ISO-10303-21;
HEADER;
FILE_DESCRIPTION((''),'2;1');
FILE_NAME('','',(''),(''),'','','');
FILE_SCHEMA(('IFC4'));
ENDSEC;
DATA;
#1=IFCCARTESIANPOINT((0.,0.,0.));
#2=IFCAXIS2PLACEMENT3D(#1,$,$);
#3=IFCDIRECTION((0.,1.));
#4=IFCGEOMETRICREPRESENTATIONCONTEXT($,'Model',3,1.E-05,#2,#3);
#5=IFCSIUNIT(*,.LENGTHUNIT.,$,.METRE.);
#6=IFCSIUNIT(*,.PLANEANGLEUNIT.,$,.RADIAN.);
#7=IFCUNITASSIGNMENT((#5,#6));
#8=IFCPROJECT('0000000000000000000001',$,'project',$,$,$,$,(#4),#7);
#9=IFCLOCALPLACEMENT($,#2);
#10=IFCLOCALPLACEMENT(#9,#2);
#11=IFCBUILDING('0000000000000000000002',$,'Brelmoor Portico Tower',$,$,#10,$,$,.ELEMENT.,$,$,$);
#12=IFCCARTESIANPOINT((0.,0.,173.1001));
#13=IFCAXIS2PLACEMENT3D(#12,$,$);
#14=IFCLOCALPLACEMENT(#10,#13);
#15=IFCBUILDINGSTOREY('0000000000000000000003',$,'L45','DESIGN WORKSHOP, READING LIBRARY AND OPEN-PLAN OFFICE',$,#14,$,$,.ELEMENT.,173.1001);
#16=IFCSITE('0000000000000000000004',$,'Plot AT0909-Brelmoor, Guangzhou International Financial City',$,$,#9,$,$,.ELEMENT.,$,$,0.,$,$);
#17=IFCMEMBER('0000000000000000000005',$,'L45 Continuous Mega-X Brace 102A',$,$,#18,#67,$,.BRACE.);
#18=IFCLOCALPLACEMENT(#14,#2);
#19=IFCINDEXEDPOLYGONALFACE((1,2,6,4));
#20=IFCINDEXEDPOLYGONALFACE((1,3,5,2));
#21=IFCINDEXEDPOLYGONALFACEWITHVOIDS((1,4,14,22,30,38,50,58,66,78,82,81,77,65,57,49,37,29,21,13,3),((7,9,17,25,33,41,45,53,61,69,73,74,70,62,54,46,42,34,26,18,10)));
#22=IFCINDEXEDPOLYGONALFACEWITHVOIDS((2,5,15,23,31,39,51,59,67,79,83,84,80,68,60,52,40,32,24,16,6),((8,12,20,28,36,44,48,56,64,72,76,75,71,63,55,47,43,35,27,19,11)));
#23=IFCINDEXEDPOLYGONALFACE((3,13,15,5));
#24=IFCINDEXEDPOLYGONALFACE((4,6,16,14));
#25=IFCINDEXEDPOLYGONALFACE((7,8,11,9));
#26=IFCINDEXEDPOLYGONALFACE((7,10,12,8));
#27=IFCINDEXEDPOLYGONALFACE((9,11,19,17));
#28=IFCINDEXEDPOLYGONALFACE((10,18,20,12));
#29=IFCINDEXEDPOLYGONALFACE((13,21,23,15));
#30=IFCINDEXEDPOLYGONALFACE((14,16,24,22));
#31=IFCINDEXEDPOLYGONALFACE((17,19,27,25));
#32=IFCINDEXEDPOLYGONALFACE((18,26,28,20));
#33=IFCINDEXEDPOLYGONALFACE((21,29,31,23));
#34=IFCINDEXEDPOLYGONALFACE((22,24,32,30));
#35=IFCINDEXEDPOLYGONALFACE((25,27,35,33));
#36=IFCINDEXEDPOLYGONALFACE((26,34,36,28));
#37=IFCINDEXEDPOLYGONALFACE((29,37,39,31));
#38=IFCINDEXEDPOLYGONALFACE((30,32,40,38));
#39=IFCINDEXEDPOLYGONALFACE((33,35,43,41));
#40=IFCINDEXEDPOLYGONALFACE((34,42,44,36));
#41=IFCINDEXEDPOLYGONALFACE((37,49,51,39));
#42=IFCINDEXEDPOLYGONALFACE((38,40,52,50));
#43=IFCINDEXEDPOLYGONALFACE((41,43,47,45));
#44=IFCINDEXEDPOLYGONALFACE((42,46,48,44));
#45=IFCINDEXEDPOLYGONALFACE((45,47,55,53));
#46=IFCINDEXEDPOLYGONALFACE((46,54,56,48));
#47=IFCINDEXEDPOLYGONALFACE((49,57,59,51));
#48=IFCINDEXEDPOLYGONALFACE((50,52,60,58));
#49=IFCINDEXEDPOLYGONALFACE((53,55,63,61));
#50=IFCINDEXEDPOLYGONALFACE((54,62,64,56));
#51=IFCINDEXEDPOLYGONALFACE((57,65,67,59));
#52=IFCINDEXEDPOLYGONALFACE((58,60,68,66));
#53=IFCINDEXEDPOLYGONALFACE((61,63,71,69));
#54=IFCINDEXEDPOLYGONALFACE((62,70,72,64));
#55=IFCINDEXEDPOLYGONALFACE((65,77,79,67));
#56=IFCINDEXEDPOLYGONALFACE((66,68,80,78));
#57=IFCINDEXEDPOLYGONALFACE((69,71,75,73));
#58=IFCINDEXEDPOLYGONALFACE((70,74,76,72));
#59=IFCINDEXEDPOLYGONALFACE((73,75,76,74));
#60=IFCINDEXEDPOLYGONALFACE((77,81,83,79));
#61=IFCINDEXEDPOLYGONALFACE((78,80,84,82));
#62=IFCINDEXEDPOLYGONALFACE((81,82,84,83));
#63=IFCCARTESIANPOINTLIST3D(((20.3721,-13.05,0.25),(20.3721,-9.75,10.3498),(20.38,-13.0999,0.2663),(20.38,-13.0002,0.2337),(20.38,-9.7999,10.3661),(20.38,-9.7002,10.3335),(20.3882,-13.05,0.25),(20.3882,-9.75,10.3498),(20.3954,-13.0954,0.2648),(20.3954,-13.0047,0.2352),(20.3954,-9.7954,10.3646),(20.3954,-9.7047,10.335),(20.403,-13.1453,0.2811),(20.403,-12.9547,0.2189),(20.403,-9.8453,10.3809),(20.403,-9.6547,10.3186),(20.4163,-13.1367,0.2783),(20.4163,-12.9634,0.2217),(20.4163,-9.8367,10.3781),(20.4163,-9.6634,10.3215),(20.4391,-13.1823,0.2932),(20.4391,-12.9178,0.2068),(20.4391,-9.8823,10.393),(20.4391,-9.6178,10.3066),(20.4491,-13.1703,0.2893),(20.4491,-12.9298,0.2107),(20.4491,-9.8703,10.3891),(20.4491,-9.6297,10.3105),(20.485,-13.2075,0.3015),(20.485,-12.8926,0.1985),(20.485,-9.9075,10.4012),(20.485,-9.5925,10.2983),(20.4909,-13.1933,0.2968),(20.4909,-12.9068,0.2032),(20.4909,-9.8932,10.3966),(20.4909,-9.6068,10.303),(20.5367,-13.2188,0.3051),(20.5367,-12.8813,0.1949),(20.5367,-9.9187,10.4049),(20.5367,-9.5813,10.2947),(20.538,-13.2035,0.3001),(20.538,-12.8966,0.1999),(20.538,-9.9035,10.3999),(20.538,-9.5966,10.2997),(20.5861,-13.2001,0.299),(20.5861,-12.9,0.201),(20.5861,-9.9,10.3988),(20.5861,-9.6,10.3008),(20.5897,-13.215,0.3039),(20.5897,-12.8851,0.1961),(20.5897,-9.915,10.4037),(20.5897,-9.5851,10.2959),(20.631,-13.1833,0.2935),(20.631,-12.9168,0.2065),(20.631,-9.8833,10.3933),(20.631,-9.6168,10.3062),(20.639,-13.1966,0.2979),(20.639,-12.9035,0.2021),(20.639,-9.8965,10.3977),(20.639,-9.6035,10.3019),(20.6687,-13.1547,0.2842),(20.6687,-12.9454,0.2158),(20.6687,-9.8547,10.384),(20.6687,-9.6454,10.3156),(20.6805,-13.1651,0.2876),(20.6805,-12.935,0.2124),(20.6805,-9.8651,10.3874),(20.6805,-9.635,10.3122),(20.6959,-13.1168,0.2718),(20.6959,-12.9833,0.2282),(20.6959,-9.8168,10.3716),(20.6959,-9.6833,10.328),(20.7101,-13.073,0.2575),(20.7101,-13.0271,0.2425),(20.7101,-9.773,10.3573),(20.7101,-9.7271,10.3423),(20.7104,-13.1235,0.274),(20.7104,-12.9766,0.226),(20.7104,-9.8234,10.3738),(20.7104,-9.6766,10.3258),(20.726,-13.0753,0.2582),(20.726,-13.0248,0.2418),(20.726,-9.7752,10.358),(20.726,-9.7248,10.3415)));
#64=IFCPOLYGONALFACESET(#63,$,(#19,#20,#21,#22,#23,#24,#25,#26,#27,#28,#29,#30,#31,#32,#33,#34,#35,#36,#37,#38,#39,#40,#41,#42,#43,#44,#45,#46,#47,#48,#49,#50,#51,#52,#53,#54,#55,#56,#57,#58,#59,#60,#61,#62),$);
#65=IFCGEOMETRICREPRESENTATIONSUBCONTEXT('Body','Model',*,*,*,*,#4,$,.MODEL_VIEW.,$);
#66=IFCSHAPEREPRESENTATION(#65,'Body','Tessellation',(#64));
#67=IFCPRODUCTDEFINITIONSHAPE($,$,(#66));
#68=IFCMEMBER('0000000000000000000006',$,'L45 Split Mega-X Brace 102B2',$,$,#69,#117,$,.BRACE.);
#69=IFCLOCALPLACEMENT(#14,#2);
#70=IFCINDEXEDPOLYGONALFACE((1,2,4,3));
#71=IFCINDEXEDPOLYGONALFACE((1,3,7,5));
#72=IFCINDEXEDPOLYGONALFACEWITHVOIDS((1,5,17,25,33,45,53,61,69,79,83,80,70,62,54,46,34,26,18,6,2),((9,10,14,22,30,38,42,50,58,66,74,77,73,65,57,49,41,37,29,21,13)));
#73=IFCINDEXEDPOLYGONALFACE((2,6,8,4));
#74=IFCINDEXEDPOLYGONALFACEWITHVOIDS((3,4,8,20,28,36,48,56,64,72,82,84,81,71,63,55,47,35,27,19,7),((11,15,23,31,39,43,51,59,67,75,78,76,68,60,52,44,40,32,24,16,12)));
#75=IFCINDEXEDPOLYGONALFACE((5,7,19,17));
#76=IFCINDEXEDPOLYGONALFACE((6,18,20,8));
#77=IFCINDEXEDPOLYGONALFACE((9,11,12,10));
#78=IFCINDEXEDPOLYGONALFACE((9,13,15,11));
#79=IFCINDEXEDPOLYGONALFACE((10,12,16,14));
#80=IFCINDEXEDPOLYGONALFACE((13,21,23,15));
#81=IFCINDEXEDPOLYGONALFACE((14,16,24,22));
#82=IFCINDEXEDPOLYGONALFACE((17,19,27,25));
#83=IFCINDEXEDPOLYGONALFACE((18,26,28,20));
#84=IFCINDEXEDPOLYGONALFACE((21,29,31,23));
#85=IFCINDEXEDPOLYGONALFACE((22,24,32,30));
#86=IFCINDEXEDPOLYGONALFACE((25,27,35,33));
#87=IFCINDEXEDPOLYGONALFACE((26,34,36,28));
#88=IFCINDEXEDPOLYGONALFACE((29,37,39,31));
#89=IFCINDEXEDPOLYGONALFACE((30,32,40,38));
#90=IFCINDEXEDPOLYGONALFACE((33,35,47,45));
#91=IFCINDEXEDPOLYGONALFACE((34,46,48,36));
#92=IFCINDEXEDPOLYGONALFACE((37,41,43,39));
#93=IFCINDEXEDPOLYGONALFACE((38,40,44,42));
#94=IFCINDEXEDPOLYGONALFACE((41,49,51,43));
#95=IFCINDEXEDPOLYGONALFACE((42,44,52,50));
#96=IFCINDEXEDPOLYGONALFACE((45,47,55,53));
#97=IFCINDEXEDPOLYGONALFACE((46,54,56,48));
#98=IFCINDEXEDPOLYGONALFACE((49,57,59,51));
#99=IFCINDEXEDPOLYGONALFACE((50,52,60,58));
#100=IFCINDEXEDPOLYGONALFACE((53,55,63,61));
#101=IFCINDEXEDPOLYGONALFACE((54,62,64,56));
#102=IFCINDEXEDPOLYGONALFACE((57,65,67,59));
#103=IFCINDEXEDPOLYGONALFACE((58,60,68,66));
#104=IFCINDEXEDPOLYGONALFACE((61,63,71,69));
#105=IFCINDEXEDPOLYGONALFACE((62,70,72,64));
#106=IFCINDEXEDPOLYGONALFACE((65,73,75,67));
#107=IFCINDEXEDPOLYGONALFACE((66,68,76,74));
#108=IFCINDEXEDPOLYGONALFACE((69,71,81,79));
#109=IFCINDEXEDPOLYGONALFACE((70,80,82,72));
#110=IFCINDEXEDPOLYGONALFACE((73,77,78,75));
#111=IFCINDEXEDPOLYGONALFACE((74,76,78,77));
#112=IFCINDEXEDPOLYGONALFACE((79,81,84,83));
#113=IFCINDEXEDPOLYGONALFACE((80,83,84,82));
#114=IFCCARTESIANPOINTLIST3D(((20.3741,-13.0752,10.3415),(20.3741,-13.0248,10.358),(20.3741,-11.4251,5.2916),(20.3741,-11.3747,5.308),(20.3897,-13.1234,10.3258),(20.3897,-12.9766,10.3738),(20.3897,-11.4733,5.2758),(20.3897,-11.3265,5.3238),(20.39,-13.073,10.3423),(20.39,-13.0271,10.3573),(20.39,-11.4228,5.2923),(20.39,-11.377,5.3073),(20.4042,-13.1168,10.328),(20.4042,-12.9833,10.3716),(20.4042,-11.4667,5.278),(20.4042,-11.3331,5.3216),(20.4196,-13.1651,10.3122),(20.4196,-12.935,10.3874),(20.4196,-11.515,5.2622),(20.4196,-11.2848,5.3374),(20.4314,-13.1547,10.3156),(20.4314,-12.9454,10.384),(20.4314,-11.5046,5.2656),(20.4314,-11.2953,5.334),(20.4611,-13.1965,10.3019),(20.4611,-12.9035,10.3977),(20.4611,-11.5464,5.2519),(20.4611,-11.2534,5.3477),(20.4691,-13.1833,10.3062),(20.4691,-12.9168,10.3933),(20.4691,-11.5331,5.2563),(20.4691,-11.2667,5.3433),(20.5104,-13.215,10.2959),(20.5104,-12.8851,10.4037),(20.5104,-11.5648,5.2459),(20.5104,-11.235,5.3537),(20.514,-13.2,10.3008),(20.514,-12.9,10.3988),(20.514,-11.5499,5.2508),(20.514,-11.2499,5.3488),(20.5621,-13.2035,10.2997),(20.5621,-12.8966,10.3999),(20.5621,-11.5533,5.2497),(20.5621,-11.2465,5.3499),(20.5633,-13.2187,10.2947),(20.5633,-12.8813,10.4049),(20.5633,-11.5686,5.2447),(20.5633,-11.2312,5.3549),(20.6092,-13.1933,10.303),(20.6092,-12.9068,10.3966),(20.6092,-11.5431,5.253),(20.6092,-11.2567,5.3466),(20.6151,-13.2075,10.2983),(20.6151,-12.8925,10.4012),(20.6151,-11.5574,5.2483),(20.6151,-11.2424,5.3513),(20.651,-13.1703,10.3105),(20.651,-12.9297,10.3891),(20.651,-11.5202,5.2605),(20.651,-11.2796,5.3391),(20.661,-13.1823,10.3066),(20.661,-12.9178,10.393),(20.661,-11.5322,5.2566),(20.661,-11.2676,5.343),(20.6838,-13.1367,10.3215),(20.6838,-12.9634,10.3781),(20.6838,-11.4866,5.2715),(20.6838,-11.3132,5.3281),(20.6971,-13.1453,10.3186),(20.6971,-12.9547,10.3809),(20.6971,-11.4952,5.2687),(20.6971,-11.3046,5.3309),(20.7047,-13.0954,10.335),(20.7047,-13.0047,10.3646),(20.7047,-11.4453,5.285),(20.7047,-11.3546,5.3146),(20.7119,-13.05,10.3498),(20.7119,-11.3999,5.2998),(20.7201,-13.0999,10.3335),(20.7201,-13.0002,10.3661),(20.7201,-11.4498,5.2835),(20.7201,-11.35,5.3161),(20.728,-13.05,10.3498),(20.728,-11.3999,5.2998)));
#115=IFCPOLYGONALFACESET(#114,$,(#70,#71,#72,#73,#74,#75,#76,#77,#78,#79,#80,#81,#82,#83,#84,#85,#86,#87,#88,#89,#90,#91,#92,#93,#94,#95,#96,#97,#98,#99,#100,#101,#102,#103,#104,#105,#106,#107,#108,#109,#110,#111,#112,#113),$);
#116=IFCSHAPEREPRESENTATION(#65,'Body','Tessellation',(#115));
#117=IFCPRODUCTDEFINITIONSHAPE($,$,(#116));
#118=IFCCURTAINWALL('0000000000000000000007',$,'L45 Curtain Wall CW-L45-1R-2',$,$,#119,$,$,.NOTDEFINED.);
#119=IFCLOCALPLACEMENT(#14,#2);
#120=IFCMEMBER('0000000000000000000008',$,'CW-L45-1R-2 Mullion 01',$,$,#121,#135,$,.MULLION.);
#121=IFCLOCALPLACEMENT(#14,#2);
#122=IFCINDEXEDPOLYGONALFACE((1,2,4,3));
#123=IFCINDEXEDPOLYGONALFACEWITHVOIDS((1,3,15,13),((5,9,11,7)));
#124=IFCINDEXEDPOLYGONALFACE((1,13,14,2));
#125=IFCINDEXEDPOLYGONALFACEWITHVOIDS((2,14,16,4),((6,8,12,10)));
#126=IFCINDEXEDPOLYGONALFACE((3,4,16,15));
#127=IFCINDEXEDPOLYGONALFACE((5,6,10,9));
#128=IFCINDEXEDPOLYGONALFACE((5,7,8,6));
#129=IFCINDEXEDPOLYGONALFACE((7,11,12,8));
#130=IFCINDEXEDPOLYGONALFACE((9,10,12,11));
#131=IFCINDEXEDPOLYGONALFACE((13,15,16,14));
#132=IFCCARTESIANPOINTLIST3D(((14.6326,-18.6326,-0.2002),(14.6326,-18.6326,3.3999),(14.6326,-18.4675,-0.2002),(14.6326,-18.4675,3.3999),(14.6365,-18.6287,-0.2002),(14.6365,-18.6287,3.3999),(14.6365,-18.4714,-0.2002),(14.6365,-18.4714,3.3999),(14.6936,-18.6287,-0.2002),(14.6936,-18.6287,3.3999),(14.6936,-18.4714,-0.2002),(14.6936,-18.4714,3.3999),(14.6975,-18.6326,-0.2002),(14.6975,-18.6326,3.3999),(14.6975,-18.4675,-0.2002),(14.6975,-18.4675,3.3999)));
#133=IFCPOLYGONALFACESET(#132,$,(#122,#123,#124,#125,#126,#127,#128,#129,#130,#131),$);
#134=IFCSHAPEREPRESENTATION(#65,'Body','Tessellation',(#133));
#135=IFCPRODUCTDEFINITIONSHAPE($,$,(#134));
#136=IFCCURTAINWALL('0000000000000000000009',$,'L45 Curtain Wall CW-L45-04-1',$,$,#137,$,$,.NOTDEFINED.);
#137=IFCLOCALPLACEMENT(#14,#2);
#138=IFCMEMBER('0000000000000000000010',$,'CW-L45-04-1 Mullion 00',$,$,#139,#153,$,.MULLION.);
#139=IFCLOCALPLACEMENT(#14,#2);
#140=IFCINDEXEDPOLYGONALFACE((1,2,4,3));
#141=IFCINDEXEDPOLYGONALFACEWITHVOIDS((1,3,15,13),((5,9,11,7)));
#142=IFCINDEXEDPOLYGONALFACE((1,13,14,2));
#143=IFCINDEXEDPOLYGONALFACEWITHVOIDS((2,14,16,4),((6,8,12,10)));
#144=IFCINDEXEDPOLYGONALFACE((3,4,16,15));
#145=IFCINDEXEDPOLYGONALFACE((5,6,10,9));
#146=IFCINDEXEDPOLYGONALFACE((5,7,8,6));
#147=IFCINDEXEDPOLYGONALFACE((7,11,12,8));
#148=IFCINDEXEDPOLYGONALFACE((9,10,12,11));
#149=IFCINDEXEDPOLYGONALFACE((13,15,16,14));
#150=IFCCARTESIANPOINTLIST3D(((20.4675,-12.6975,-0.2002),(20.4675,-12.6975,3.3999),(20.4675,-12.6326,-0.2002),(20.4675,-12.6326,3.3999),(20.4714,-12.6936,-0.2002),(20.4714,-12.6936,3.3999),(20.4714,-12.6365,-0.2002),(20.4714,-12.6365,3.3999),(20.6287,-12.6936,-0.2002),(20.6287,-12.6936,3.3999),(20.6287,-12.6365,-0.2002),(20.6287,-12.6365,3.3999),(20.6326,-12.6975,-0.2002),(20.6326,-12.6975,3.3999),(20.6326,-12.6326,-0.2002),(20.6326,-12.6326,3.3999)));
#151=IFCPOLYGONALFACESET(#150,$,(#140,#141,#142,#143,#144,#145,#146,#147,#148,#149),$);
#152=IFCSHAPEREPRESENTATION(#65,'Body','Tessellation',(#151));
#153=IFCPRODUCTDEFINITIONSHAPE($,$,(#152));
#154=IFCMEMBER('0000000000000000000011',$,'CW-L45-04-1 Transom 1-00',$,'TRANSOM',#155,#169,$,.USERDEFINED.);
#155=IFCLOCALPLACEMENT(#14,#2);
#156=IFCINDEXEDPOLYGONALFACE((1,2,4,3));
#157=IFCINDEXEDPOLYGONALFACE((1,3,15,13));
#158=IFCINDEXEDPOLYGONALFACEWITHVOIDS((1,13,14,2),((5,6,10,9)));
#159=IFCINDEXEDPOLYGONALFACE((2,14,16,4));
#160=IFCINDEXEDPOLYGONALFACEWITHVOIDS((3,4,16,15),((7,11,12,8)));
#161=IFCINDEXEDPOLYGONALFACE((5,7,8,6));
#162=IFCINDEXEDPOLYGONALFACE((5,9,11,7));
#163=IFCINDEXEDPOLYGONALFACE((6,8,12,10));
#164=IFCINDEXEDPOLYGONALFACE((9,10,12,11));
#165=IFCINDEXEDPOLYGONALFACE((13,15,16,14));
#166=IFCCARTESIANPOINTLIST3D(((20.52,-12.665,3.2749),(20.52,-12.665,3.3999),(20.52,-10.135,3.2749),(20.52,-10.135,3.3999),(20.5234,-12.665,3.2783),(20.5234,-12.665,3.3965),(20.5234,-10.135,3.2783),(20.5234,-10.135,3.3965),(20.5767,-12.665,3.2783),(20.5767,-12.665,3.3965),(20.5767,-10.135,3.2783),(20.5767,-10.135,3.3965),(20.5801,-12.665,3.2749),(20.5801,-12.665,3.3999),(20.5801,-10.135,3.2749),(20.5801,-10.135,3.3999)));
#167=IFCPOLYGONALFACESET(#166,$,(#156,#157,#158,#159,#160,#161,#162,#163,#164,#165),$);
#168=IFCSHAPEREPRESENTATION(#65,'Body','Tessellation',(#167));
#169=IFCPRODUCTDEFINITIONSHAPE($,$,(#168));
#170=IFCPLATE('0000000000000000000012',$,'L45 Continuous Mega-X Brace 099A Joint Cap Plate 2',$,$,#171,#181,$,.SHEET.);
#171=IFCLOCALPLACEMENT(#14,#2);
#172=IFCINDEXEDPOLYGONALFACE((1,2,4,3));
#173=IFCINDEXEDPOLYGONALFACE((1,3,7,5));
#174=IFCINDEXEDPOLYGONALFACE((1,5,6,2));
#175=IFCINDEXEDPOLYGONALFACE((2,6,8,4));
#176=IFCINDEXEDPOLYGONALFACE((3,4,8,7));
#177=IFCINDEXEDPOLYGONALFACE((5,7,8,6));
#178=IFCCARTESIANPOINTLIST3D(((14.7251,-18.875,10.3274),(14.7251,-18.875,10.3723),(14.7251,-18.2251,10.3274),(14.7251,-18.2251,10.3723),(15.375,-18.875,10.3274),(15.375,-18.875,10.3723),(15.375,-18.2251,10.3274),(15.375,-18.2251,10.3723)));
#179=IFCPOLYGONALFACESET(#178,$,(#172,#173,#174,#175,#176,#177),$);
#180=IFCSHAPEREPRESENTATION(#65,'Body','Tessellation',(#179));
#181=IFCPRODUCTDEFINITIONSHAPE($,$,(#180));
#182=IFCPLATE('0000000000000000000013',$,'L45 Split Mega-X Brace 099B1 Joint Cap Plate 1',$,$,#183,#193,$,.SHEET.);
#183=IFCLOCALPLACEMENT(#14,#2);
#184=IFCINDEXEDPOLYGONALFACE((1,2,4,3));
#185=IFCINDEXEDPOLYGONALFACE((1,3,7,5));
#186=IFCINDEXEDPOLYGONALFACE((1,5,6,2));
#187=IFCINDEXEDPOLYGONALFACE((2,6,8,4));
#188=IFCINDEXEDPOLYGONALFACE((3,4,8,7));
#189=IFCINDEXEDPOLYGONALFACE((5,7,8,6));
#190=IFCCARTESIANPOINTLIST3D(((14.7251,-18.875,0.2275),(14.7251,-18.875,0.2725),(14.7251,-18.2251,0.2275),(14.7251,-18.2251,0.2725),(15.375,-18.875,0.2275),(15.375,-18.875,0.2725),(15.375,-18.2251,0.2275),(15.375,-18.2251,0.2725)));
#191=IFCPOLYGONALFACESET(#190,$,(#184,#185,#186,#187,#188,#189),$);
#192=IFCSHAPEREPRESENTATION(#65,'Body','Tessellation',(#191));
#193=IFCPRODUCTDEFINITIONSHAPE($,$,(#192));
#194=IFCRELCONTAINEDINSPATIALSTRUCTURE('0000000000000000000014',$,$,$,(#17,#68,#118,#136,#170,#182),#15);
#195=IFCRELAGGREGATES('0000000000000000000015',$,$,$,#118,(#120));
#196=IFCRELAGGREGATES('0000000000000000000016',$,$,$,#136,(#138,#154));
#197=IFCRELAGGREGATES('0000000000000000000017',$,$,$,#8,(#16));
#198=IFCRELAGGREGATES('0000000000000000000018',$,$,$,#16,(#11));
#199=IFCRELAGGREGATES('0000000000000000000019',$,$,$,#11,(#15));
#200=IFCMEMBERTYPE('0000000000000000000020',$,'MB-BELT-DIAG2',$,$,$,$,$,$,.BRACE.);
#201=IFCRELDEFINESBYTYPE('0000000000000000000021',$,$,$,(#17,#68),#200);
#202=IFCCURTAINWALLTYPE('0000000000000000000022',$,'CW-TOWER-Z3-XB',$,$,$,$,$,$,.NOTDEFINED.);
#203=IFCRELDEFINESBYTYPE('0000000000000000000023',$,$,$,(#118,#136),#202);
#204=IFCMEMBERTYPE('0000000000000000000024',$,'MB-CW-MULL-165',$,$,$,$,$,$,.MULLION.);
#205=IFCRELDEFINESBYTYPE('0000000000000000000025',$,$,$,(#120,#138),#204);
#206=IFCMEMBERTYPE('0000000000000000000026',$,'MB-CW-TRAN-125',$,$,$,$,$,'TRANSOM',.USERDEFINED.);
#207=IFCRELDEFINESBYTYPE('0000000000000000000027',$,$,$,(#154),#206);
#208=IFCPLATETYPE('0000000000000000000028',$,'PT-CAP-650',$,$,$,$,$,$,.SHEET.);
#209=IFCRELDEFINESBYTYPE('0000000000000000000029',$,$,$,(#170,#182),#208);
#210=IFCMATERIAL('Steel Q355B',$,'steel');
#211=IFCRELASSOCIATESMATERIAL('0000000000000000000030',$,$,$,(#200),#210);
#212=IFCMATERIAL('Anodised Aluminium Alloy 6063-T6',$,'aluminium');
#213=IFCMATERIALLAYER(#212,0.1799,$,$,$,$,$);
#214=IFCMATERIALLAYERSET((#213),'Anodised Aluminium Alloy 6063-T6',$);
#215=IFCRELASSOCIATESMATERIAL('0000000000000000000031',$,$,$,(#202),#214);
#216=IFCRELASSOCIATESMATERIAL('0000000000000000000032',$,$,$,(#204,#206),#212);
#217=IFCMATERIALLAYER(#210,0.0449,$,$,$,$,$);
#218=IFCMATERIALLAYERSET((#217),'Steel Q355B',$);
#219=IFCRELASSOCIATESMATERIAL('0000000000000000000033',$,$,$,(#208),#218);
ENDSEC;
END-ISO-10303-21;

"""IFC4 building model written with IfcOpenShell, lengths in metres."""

from ifc_helpers import new_model, si_unit, direction, frame, origin, origin_2d, place, context, subcontext, project, spatial, rectangle, hollow_rectangle, hollow_circle, extrude, material, layer, layer_set, material_profile, profile_set, type_object, element, aggregate, save


model = new_model("IFC4")

# Units and contexts
model_context = context("Model", 3, precision=1e-05, world=origin(), true_north=direction((0.0, 1.0)))
body_context = subcontext(model_context, "Body", "Model", "MODEL_VIEW")
ifc_project = project(units=[si_unit("LENGTHUNIT", "METRE"), si_unit("PLANEANGLEUNIT", "RADIAN")], contexts=[model_context])

# Site, building, storey
site_placement = place(None, origin())
site = spatial("IfcSite", under=ifc_project, at=site_placement, Name="Plot AT0909-Brelmoor, Guangzhou International Financial City", CompositionType="ELEMENT", RefElevation=0.0)
building_placement = place(site_placement, origin())
building = spatial("IfcBuilding", under=site, at=building_placement, Name="Brelmoor Portico Tower", CompositionType="ELEMENT")
storey_placement = place(building_placement, frame((0.0, 0.0, 173.1001)))
storey = spatial("IfcBuildingStorey", under=building, at=storey_placement, Name="L45", Description="DESIGN WORKSHOP, READING LIBRARY AND OPEN-PLAN OFFICE", CompositionType="ELEMENT", Elevation=173.1001)

# Shared definitions
ifc_material_1 = material(Name="Steel Q355B", Category="steel")

# Members
ifc_material_profile_1 = material_profile(ifc_material_1, hollow_circle(Radius=0.178, WallThickness=0.0161, at=origin_2d()), Name="CHS 356x16")
ifc_profile_set_1 = profile_set([ifc_material_profile_1], Name="Steel Q355B")
member_type_1 = type_object("IfcMemberType", Name="MB-BELT-DIAG2", PredefinedType="BRACE", material=ifc_profile_set_1)
member_1_placement = place(storey_placement, frame((20.55, -13.05, 0.25), z_axis=(0.0, 0.310584, 0.950546), x_axis=(-1.0, 0.0, 0.0)))
element("IfcMember", 1, at=member_1_placement, inside=storey, type_object=member_type_1, Name="L45 Continuous Mega-X Brace 102A", PredefinedType="BRACE", context=body_context, shape_type="SweptSolid", body=[
    extrude(hollow_circle(Radius=0.178, WallThickness=0.0161, at=origin_2d()), origin(), (0.0, 0.0, 1.0), 10.6252),
])
member_2_placement = place(storey_placement, frame((20.55, -11.3999, 5.2998), z_axis=(0.0, -0.310598, 0.950542), x_axis=(1.0, 0.0, 0.0)))
element("IfcMember", 2, at=member_2_placement, inside=storey, type_object=member_type_1, Name="L45 Split Mega-X Brace 102B2", PredefinedType="BRACE", context=body_context, shape_type="SweptSolid", body=[
    extrude(hollow_circle(Radius=0.178, WallThickness=0.0161, at=origin_2d()), origin(), (0.0, 0.0, 1.0), 5.3127),
])

# Curtain wall, member
ifc_material_2 = material(Name="Anodised Aluminium Alloy 6063-T6", Category="aluminium")
ifc_layer_1 = layer(ifc_material_2, 0.1799)
ifc_layer_set_1 = layer_set([ifc_layer_1], Name="Anodised Aluminium Alloy 6063-T6")
curtain_wall_type = type_object("IfcCurtainWallType", Name="CW-TOWER-Z3-XB", PredefinedType="NOTDEFINED", material=ifc_layer_set_1)
curtain_wall_1_placement = place(storey_placement, origin())
curtain_wall_1 = element("IfcCurtainWall", 3, at=curtain_wall_1_placement, inside=storey, type_object=curtain_wall_type, Name="L45 Curtain Wall CW-L45-1R-2", PredefinedType="NOTDEFINED")
ifc_material_profile_2 = material_profile(ifc_material_2, hollow_rectangle(XDim=0.0649, YDim=0.165, WallThickness=0.0039, at=origin_2d()), Name="ALU MULLION 65x165")
ifc_profile_set_2 = profile_set([ifc_material_profile_2], Name="Anodised Aluminium Alloy 6063-T6")
member_type_2 = type_object("IfcMemberType", Name="MB-CW-MULL-165", PredefinedType="MULLION", material=ifc_profile_set_2)
member_3_placement = place(storey_placement, frame((14.665, -18.55, -0.2002), z_axis=(0.0, 0.0, 1.0), x_axis=(1.0, 0.0, 0.0)))
member_3 = element("IfcMember", 4, at=member_3_placement, type_object=member_type_2, Name="CW-L45-1R-2 Mullion 01", PredefinedType="MULLION", context=body_context, shape_type="SweptSolid", body=[
    extrude(hollow_rectangle(XDim=0.0649, YDim=0.165, WallThickness=0.0039, at=origin_2d()), origin(), (0.0, 0.0, 1.0), 3.6001),
])
aggregate(curtain_wall_1, [member_3])

# Curtain wall, members
curtain_wall_2_placement = place(storey_placement, origin())
curtain_wall_2 = element("IfcCurtainWall", 5, at=curtain_wall_2_placement, inside=storey, type_object=curtain_wall_type, Name="L45 Curtain Wall CW-L45-04-1", PredefinedType="NOTDEFINED")
member_4_placement = place(storey_placement, frame((20.55, -12.665, -0.2002), z_axis=(0.0, 0.0, 1.0), x_axis=(0.0, 1.0, 0.0)))
member_4 = element("IfcMember", 6, at=member_4_placement, type_object=member_type_2, Name="CW-L45-04-1 Mullion 00", PredefinedType="MULLION", context=body_context, shape_type="SweptSolid", body=[
    extrude(hollow_rectangle(XDim=0.0649, YDim=0.165, WallThickness=0.0039, at=origin_2d()), origin(), (0.0, 0.0, 1.0), 3.6001),
])
ifc_material_profile_3 = material_profile(ifc_material_2, hollow_rectangle(XDim=0.0601, YDim=0.125, WallThickness=0.0034, at=origin_2d()), Name="ALU TRANSOM 60x125")
ifc_profile_set_3 = profile_set([ifc_material_profile_3], Name="Anodised Aluminium Alloy 6063-T6")
member_type_3 = type_object("IfcMemberType", Name="MB-CW-TRAN-125", ElementType="TRANSOM", PredefinedType="USERDEFINED", material=ifc_profile_set_3)
member_5_placement = place(storey_placement, frame((20.55, -12.665, 3.3374), z_axis=(0.0, 1.0, 0.0), x_axis=(-1.0, 0.0, 0.0)))
member_5 = element("IfcMember", 7, at=member_5_placement, type_object=member_type_3, Name="CW-L45-04-1 Transom 1-00", ObjectType="TRANSOM", PredefinedType="USERDEFINED", context=body_context, shape_type="SweptSolid", body=[
    extrude(hollow_rectangle(XDim=0.0601, YDim=0.125, WallThickness=0.0034, at=origin_2d()), origin(), (0.0, 0.0, 1.0), 2.53),
])
aggregate(curtain_wall_2, [member_4, member_5])

# Plates
ifc_layer_2 = layer(ifc_material_1, 0.0449)
ifc_layer_set_2 = layer_set([ifc_layer_2], Name="Steel Q355B")
plate_type_1 = type_object("IfcPlateType", Name="PT-CAP-650", PredefinedType="SHEET", material=ifc_layer_set_2)
for number, where, z_axis, x_axis, name in (
    (8, (15.05, -18.55, 10.3274), (0.0, 0.0, 1.0), (1.0, 0.0, 0.0), "L45 Continuous Mega-X Brace 099A Joint Cap Plate 2"),
    (9, (15.05, -18.55, 0.2275), (0.0, 0.0, 1.0), (1.0, 0.0, 0.0), "L45 Split Mega-X Brace 099B1 Joint Cap Plate 1"),
):
    element("IfcPlate", number, at=place(storey_placement, frame(where, z_axis=z_axis, x_axis=x_axis)), inside=storey, type_object=plate_type_1, Name=name, PredefinedType="SHEET", context=body_context, shape_type="SweptSolid", body=[
        extrude(rectangle(XDim=0.6499, YDim=0.6499, at=origin_2d()), origin(), (0.0, 0.0, 1.0), 0.0449),
    ])

save(model, "model.ifc")
